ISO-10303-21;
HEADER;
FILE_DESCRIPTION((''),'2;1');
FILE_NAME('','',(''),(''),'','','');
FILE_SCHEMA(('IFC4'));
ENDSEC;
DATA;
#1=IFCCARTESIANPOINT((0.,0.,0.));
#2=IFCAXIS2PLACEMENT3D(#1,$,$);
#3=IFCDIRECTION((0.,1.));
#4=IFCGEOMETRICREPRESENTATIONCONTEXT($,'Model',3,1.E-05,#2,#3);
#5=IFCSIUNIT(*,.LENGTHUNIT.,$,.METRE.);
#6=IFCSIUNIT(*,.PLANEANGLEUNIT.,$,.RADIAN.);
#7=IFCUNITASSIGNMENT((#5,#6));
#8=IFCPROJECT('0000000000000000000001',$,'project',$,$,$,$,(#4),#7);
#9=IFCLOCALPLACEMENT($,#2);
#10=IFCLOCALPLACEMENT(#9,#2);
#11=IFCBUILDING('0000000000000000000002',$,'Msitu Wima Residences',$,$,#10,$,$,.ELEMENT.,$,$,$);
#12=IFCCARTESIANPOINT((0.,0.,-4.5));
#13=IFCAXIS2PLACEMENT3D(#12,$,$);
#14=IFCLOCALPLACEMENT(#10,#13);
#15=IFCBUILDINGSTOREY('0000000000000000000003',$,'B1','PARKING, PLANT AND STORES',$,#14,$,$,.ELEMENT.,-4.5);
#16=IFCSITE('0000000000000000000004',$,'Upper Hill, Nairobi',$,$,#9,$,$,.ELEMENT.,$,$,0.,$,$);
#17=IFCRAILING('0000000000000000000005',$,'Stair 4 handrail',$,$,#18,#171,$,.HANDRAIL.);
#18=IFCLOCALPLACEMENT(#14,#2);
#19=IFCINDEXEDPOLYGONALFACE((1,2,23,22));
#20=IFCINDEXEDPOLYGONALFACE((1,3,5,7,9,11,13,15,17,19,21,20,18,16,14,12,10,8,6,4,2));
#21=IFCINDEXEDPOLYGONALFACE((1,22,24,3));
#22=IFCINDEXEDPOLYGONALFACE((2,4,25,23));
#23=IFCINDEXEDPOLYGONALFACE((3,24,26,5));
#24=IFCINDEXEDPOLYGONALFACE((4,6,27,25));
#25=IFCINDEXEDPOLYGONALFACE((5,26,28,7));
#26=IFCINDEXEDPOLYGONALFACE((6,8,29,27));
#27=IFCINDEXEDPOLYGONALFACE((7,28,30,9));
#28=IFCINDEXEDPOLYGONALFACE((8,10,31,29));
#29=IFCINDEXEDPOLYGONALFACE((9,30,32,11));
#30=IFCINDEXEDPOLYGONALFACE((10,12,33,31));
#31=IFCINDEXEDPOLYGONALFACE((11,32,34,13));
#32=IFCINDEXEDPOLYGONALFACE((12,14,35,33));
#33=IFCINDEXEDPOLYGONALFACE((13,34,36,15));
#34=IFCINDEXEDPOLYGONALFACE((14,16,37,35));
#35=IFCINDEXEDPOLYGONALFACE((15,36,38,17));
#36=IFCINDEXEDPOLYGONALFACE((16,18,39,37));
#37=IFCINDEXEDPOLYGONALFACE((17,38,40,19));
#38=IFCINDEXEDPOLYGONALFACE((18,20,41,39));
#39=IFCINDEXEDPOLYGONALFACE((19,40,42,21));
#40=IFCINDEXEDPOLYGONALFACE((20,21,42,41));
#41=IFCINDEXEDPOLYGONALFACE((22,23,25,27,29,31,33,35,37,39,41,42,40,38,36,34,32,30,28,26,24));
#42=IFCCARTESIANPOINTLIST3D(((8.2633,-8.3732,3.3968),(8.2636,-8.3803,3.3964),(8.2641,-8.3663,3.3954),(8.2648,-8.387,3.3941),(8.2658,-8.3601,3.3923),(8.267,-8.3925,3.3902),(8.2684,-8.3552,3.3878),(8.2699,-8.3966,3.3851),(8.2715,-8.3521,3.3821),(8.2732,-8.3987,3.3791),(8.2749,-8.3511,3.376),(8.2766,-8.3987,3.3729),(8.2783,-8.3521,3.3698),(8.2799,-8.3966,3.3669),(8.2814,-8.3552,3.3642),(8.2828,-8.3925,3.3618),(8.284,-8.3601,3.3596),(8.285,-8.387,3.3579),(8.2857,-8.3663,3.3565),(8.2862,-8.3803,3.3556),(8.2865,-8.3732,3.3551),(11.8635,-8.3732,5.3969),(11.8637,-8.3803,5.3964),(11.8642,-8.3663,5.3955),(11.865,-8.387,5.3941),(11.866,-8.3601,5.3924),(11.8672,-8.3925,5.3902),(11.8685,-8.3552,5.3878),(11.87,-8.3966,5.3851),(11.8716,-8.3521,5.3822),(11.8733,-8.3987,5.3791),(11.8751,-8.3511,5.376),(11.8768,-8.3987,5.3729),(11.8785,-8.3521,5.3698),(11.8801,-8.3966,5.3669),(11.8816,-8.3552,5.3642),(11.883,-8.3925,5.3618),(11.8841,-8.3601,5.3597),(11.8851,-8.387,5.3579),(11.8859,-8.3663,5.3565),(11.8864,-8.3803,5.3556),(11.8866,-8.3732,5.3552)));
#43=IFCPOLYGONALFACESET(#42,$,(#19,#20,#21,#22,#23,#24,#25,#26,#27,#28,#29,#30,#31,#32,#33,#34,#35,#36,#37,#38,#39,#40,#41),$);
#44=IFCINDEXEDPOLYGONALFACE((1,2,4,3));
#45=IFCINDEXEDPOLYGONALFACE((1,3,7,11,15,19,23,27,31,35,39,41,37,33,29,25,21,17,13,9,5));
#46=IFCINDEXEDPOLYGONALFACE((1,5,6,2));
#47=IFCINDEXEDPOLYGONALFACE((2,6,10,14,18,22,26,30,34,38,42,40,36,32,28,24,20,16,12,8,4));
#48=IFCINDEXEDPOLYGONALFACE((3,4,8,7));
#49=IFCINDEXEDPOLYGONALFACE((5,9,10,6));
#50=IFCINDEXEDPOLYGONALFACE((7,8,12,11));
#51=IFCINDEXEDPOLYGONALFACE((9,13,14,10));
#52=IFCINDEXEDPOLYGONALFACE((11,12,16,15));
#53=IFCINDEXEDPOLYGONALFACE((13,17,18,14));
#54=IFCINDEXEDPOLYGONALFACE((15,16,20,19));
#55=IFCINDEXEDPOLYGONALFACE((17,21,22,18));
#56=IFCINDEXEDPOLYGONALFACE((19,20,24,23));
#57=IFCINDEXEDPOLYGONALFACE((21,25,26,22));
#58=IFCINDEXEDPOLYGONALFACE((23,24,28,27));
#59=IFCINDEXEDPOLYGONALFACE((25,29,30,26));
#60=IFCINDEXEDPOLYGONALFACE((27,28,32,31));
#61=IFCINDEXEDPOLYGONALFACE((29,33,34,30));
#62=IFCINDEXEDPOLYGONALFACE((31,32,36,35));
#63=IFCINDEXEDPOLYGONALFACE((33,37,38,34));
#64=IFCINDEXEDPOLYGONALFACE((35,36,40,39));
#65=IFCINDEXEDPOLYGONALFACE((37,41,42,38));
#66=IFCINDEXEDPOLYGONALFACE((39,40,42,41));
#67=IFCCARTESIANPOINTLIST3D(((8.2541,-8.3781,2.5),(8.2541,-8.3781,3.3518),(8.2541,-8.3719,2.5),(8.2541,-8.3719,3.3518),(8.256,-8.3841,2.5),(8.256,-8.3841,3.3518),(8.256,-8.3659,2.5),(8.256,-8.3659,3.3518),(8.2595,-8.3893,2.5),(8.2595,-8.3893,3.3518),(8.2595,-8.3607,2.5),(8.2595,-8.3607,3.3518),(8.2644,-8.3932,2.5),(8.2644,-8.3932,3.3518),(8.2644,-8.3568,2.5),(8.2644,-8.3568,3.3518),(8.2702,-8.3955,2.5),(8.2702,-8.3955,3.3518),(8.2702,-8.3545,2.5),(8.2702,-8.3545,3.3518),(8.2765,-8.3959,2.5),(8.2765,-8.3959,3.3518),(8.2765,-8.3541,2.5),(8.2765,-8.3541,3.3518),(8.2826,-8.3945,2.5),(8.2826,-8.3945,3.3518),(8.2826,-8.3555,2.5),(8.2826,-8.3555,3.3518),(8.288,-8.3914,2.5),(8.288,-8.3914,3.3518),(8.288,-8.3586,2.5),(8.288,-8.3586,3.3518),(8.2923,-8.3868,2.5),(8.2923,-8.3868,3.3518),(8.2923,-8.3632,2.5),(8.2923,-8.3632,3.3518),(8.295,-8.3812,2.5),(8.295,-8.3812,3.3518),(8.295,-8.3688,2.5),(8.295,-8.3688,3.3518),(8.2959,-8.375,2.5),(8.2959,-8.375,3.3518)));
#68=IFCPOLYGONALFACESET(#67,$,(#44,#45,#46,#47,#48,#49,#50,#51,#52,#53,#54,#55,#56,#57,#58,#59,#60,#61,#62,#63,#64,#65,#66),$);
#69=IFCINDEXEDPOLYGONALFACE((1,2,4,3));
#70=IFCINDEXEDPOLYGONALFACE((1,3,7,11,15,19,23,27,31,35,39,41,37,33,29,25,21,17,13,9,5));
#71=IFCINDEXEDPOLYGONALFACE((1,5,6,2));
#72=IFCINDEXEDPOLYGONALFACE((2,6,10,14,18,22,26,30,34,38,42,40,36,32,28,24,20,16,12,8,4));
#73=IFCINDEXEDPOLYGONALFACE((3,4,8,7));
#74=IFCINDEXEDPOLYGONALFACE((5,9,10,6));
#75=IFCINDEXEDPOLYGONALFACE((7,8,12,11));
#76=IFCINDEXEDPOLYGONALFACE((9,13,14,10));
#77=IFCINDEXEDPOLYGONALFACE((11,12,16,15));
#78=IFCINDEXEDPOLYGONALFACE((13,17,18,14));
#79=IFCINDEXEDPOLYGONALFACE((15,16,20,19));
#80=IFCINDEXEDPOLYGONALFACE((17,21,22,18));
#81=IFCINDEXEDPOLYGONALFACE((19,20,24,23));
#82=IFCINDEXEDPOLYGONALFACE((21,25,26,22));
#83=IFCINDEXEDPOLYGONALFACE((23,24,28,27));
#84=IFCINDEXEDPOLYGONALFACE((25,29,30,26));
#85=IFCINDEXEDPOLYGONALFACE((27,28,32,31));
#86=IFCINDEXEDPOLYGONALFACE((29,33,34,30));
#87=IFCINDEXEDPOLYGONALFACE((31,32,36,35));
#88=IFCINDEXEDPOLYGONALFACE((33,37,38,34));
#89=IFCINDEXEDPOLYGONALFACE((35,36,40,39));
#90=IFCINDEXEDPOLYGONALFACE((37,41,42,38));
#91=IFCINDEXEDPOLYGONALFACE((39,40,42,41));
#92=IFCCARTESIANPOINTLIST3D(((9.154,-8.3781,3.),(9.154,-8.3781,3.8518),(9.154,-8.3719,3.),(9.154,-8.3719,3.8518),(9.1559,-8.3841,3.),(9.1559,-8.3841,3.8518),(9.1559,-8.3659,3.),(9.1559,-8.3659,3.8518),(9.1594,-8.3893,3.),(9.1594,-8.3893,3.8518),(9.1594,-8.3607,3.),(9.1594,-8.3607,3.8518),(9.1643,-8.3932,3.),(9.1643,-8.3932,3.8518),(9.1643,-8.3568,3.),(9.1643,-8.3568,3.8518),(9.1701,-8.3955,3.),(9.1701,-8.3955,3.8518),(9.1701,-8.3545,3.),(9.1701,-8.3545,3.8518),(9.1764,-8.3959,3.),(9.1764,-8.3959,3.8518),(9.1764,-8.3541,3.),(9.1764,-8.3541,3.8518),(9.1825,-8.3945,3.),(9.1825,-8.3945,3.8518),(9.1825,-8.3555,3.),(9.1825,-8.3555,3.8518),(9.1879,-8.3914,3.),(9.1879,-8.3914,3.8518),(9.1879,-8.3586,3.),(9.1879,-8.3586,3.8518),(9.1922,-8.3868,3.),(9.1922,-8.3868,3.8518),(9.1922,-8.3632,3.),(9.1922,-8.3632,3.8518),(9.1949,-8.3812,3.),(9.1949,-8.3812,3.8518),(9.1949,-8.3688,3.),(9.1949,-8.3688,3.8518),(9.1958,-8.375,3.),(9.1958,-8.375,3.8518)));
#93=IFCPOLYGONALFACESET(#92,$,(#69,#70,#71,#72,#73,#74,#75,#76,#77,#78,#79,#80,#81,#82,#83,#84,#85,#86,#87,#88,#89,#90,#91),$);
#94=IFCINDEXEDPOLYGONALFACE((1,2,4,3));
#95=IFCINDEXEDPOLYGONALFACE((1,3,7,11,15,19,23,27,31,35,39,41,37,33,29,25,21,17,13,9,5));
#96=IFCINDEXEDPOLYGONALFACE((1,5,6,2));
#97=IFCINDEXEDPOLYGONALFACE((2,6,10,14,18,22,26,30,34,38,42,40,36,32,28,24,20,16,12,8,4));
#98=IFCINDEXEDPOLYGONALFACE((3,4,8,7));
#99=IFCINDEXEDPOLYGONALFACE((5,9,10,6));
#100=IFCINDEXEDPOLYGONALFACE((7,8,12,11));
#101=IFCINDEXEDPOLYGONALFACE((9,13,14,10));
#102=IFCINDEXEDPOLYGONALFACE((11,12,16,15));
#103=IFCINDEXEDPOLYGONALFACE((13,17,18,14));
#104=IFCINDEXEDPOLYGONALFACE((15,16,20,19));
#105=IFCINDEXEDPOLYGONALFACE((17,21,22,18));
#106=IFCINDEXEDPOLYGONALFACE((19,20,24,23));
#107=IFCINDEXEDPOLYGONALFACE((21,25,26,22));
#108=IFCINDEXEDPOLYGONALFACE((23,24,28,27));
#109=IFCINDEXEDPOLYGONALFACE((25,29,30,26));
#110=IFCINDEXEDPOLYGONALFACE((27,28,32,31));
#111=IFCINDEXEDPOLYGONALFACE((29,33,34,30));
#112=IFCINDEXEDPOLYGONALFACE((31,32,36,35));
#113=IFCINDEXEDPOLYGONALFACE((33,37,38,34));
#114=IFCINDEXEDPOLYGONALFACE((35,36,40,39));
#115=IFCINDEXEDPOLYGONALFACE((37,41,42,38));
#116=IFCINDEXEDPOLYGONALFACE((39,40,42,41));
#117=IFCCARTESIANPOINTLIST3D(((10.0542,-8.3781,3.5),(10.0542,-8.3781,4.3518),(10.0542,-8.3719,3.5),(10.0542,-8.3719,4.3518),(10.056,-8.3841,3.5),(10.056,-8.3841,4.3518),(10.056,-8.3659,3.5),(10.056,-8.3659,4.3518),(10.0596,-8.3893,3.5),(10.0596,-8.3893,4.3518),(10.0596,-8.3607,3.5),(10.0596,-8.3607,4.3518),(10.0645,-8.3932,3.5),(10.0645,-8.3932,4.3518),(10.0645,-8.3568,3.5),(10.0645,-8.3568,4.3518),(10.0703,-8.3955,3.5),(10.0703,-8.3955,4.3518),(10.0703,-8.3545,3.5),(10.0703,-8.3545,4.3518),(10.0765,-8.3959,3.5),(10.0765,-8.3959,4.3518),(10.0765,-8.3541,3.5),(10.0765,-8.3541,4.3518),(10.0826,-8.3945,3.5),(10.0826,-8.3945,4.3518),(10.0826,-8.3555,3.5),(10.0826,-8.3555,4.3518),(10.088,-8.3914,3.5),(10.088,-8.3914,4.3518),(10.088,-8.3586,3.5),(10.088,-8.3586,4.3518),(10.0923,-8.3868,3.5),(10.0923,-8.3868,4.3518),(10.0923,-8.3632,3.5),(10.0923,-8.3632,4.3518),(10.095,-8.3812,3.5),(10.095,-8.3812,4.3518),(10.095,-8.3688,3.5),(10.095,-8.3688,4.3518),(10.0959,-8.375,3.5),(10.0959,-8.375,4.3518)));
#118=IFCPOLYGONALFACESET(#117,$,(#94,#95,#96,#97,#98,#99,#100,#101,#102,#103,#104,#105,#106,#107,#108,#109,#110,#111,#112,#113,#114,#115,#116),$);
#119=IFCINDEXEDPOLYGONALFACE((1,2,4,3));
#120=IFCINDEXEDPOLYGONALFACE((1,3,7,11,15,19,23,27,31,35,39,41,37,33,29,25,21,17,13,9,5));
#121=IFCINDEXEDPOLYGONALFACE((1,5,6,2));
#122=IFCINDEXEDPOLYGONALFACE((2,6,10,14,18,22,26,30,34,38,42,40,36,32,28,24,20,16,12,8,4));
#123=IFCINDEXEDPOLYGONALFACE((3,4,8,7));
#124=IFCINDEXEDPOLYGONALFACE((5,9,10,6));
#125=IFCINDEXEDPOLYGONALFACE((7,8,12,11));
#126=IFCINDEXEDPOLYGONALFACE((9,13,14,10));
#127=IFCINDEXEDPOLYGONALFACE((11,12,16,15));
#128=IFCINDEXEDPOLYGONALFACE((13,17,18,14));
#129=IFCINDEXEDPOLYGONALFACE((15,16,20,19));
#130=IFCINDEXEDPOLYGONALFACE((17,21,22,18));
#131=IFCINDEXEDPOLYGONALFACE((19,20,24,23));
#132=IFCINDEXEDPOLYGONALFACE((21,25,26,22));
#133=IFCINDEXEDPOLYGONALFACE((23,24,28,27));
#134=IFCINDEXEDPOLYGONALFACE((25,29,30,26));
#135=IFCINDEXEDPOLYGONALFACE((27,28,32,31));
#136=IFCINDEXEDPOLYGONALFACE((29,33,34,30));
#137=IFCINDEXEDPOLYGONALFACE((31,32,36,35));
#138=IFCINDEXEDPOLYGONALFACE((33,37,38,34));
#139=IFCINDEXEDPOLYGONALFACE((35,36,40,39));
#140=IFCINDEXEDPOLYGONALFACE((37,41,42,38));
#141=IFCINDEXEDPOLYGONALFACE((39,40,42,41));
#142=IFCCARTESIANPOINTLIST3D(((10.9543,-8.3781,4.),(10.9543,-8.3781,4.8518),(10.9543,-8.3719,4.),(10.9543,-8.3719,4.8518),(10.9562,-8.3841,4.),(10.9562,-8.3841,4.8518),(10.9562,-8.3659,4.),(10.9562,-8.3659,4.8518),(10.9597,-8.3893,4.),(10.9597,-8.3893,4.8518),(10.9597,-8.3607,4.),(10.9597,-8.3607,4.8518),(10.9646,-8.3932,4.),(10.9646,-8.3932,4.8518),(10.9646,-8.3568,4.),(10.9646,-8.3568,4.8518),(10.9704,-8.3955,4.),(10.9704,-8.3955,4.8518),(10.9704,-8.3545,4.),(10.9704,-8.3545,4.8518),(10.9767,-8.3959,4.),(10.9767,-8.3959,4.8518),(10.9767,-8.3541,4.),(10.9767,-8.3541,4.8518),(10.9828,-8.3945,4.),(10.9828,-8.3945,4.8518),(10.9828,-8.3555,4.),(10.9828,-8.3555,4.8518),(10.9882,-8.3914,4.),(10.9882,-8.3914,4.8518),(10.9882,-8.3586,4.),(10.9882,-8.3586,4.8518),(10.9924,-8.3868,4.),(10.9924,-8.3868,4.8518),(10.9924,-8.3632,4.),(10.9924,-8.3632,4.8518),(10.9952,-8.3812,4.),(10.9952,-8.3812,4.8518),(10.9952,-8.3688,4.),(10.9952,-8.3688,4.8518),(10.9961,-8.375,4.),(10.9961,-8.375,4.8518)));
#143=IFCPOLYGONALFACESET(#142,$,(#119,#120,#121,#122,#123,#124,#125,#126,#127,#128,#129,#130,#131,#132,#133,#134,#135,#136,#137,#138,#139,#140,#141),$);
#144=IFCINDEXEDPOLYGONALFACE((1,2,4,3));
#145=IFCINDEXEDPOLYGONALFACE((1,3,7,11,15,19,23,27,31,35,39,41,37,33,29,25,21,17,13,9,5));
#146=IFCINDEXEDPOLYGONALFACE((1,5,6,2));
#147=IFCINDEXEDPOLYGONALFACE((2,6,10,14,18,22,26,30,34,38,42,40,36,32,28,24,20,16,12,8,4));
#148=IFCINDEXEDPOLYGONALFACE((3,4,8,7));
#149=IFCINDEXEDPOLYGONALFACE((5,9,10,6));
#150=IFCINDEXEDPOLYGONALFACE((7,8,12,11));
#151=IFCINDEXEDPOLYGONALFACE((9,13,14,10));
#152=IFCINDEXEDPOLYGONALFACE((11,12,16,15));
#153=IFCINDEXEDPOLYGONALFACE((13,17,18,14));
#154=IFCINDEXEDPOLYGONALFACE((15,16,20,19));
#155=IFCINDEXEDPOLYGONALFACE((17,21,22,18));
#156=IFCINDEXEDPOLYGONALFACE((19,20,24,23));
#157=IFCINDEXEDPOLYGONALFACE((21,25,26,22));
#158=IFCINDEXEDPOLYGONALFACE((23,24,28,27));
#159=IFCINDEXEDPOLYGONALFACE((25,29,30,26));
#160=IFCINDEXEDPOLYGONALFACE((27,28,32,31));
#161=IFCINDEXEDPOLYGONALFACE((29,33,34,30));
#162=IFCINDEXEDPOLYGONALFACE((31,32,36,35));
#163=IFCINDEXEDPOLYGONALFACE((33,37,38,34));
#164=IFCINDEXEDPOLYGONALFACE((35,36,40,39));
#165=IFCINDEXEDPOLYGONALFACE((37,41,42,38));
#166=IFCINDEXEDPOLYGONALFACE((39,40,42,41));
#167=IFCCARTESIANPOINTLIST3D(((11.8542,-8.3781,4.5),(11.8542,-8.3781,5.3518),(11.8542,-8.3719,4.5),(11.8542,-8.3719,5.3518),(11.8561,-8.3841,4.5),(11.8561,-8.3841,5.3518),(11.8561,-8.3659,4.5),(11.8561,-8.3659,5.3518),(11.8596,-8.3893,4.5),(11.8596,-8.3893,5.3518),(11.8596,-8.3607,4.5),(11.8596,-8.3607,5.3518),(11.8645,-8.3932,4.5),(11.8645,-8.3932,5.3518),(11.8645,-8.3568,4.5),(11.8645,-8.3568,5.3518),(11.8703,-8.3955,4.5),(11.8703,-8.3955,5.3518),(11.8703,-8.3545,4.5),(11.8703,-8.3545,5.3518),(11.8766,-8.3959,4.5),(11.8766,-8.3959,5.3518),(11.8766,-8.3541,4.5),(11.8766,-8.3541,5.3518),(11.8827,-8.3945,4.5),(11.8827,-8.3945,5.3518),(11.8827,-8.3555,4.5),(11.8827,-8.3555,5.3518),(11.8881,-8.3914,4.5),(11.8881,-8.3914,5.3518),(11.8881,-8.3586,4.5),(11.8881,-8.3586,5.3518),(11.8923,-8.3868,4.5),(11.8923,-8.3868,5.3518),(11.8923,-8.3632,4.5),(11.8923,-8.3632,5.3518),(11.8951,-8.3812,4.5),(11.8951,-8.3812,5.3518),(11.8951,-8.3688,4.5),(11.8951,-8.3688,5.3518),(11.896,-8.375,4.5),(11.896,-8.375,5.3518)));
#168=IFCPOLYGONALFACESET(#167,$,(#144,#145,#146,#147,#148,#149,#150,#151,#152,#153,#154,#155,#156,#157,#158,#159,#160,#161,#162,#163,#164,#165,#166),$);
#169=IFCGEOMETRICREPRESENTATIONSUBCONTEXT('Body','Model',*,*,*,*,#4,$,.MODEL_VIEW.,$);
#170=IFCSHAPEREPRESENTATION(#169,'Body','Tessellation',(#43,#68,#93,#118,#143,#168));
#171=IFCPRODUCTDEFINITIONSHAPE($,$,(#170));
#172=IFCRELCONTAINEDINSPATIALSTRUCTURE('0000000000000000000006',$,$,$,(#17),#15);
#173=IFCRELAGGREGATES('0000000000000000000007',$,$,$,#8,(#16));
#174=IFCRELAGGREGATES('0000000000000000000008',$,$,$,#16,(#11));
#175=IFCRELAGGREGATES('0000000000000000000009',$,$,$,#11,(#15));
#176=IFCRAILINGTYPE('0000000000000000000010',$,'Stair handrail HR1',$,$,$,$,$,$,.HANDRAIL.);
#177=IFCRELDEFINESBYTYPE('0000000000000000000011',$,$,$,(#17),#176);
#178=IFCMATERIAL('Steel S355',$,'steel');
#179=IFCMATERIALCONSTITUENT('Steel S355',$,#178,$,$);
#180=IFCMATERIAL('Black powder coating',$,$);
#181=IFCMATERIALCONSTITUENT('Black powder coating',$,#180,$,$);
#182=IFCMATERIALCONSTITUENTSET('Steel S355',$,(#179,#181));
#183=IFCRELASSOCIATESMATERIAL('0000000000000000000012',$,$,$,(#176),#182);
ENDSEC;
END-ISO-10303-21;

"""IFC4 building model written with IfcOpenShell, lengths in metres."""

from ifc_helpers import new_model, si_unit, direction, frame, origin, origin_2d, place, context, subcontext, project, spatial, circle, extrude, material, constituent, constituent_set, type_object, element, save


model = new_model("IFC4")

# Units and contexts
model_context = context("Model", 3, precision=1e-05, world=origin(), true_north=direction((0.0, 1.0)))
body_context = subcontext(model_context, "Body", "Model", "MODEL_VIEW")
ifc_project = project(units=[si_unit("LENGTHUNIT", "METRE"), si_unit("PLANEANGLEUNIT", "RADIAN")], contexts=[model_context])

# Site, building, storey
site_placement = place(None, origin())
site = spatial("IfcSite", under=ifc_project, at=site_placement, Name="Upper Hill, Nairobi", CompositionType="ELEMENT", RefElevation=0.0)
building_placement = place(site_placement, origin())
building = spatial("IfcBuilding", under=site, at=building_placement, Name="Msitu Wima Residences", CompositionType="ELEMENT")
storey_placement = place(building_placement, frame((0.0, 0.0, -4.5)))
storey = spatial("IfcBuildingStorey", under=building, at=storey_placement, Name="B1", Description="PARKING, PLANT AND STORES", CompositionType="ELEMENT", Elevation=-4.5)

# Railing
ifc_material_1 = material(Name="Steel S355", Category="steel")
ifc_constituent_1 = constituent(ifc_material_1, Name="Steel S355")
ifc_material_2 = material(Name="Black powder coating")
ifc_constituent_2 = constituent(ifc_material_2, Name="Black powder coating")
ifc_constituent_set = constituent_set(constituents=[ifc_constituent_1, ifc_constituent_2], Name="Steel S355")
railing_type = type_object("IfcRailingType", Name="Stair handrail HR1", PredefinedType="HANDRAIL", material=ifc_constituent_set)
for number, where, name in (
    (1, (8.2749, -8.375, 2.5), "Stair 4 handrail"),
):
    element("IfcRailing", number, at=place(storey_placement, frame(where)), inside=storey, type_object=railing_type, Name=name, PredefinedType="HANDRAIL", context=body_context, shape_type="SweptSolid", body=[
        extrude(circle(Radius=0.0239, at=origin_2d()), frame((0.0, 0.0, 0.876), z_axis=(0.874163, 0.0, 0.485633), x_axis=(0.0, 1.0, 0.0)), (0.0, 0.0, 1.0), 4.1184),
        extrude(circle(Radius=0.021, at=origin_2d()), origin(), (0.0, 0.0, 1.0), 0.8518),
        extrude(circle(Radius=0.021, at=origin_2d()), frame((0.8999, 0.0, 0.5)), (0.0, 0.0, 1.0), 0.8518),
        extrude(circle(Radius=0.021, at=origin_2d()), frame((1.8, 0.0, 1.0)), (0.0, 0.0, 1.0), 0.8518),
        extrude(circle(Radius=0.021, at=origin_2d()), frame((2.7002, 0.0, 1.5)), (0.0, 0.0, 1.0), 0.8518),
        extrude(circle(Radius=0.021, at=origin_2d()), frame((3.6001, 0.0, 2.0)), (0.0, 0.0, 1.0), 0.8518),
    ])

save(model, "model.ifc")
